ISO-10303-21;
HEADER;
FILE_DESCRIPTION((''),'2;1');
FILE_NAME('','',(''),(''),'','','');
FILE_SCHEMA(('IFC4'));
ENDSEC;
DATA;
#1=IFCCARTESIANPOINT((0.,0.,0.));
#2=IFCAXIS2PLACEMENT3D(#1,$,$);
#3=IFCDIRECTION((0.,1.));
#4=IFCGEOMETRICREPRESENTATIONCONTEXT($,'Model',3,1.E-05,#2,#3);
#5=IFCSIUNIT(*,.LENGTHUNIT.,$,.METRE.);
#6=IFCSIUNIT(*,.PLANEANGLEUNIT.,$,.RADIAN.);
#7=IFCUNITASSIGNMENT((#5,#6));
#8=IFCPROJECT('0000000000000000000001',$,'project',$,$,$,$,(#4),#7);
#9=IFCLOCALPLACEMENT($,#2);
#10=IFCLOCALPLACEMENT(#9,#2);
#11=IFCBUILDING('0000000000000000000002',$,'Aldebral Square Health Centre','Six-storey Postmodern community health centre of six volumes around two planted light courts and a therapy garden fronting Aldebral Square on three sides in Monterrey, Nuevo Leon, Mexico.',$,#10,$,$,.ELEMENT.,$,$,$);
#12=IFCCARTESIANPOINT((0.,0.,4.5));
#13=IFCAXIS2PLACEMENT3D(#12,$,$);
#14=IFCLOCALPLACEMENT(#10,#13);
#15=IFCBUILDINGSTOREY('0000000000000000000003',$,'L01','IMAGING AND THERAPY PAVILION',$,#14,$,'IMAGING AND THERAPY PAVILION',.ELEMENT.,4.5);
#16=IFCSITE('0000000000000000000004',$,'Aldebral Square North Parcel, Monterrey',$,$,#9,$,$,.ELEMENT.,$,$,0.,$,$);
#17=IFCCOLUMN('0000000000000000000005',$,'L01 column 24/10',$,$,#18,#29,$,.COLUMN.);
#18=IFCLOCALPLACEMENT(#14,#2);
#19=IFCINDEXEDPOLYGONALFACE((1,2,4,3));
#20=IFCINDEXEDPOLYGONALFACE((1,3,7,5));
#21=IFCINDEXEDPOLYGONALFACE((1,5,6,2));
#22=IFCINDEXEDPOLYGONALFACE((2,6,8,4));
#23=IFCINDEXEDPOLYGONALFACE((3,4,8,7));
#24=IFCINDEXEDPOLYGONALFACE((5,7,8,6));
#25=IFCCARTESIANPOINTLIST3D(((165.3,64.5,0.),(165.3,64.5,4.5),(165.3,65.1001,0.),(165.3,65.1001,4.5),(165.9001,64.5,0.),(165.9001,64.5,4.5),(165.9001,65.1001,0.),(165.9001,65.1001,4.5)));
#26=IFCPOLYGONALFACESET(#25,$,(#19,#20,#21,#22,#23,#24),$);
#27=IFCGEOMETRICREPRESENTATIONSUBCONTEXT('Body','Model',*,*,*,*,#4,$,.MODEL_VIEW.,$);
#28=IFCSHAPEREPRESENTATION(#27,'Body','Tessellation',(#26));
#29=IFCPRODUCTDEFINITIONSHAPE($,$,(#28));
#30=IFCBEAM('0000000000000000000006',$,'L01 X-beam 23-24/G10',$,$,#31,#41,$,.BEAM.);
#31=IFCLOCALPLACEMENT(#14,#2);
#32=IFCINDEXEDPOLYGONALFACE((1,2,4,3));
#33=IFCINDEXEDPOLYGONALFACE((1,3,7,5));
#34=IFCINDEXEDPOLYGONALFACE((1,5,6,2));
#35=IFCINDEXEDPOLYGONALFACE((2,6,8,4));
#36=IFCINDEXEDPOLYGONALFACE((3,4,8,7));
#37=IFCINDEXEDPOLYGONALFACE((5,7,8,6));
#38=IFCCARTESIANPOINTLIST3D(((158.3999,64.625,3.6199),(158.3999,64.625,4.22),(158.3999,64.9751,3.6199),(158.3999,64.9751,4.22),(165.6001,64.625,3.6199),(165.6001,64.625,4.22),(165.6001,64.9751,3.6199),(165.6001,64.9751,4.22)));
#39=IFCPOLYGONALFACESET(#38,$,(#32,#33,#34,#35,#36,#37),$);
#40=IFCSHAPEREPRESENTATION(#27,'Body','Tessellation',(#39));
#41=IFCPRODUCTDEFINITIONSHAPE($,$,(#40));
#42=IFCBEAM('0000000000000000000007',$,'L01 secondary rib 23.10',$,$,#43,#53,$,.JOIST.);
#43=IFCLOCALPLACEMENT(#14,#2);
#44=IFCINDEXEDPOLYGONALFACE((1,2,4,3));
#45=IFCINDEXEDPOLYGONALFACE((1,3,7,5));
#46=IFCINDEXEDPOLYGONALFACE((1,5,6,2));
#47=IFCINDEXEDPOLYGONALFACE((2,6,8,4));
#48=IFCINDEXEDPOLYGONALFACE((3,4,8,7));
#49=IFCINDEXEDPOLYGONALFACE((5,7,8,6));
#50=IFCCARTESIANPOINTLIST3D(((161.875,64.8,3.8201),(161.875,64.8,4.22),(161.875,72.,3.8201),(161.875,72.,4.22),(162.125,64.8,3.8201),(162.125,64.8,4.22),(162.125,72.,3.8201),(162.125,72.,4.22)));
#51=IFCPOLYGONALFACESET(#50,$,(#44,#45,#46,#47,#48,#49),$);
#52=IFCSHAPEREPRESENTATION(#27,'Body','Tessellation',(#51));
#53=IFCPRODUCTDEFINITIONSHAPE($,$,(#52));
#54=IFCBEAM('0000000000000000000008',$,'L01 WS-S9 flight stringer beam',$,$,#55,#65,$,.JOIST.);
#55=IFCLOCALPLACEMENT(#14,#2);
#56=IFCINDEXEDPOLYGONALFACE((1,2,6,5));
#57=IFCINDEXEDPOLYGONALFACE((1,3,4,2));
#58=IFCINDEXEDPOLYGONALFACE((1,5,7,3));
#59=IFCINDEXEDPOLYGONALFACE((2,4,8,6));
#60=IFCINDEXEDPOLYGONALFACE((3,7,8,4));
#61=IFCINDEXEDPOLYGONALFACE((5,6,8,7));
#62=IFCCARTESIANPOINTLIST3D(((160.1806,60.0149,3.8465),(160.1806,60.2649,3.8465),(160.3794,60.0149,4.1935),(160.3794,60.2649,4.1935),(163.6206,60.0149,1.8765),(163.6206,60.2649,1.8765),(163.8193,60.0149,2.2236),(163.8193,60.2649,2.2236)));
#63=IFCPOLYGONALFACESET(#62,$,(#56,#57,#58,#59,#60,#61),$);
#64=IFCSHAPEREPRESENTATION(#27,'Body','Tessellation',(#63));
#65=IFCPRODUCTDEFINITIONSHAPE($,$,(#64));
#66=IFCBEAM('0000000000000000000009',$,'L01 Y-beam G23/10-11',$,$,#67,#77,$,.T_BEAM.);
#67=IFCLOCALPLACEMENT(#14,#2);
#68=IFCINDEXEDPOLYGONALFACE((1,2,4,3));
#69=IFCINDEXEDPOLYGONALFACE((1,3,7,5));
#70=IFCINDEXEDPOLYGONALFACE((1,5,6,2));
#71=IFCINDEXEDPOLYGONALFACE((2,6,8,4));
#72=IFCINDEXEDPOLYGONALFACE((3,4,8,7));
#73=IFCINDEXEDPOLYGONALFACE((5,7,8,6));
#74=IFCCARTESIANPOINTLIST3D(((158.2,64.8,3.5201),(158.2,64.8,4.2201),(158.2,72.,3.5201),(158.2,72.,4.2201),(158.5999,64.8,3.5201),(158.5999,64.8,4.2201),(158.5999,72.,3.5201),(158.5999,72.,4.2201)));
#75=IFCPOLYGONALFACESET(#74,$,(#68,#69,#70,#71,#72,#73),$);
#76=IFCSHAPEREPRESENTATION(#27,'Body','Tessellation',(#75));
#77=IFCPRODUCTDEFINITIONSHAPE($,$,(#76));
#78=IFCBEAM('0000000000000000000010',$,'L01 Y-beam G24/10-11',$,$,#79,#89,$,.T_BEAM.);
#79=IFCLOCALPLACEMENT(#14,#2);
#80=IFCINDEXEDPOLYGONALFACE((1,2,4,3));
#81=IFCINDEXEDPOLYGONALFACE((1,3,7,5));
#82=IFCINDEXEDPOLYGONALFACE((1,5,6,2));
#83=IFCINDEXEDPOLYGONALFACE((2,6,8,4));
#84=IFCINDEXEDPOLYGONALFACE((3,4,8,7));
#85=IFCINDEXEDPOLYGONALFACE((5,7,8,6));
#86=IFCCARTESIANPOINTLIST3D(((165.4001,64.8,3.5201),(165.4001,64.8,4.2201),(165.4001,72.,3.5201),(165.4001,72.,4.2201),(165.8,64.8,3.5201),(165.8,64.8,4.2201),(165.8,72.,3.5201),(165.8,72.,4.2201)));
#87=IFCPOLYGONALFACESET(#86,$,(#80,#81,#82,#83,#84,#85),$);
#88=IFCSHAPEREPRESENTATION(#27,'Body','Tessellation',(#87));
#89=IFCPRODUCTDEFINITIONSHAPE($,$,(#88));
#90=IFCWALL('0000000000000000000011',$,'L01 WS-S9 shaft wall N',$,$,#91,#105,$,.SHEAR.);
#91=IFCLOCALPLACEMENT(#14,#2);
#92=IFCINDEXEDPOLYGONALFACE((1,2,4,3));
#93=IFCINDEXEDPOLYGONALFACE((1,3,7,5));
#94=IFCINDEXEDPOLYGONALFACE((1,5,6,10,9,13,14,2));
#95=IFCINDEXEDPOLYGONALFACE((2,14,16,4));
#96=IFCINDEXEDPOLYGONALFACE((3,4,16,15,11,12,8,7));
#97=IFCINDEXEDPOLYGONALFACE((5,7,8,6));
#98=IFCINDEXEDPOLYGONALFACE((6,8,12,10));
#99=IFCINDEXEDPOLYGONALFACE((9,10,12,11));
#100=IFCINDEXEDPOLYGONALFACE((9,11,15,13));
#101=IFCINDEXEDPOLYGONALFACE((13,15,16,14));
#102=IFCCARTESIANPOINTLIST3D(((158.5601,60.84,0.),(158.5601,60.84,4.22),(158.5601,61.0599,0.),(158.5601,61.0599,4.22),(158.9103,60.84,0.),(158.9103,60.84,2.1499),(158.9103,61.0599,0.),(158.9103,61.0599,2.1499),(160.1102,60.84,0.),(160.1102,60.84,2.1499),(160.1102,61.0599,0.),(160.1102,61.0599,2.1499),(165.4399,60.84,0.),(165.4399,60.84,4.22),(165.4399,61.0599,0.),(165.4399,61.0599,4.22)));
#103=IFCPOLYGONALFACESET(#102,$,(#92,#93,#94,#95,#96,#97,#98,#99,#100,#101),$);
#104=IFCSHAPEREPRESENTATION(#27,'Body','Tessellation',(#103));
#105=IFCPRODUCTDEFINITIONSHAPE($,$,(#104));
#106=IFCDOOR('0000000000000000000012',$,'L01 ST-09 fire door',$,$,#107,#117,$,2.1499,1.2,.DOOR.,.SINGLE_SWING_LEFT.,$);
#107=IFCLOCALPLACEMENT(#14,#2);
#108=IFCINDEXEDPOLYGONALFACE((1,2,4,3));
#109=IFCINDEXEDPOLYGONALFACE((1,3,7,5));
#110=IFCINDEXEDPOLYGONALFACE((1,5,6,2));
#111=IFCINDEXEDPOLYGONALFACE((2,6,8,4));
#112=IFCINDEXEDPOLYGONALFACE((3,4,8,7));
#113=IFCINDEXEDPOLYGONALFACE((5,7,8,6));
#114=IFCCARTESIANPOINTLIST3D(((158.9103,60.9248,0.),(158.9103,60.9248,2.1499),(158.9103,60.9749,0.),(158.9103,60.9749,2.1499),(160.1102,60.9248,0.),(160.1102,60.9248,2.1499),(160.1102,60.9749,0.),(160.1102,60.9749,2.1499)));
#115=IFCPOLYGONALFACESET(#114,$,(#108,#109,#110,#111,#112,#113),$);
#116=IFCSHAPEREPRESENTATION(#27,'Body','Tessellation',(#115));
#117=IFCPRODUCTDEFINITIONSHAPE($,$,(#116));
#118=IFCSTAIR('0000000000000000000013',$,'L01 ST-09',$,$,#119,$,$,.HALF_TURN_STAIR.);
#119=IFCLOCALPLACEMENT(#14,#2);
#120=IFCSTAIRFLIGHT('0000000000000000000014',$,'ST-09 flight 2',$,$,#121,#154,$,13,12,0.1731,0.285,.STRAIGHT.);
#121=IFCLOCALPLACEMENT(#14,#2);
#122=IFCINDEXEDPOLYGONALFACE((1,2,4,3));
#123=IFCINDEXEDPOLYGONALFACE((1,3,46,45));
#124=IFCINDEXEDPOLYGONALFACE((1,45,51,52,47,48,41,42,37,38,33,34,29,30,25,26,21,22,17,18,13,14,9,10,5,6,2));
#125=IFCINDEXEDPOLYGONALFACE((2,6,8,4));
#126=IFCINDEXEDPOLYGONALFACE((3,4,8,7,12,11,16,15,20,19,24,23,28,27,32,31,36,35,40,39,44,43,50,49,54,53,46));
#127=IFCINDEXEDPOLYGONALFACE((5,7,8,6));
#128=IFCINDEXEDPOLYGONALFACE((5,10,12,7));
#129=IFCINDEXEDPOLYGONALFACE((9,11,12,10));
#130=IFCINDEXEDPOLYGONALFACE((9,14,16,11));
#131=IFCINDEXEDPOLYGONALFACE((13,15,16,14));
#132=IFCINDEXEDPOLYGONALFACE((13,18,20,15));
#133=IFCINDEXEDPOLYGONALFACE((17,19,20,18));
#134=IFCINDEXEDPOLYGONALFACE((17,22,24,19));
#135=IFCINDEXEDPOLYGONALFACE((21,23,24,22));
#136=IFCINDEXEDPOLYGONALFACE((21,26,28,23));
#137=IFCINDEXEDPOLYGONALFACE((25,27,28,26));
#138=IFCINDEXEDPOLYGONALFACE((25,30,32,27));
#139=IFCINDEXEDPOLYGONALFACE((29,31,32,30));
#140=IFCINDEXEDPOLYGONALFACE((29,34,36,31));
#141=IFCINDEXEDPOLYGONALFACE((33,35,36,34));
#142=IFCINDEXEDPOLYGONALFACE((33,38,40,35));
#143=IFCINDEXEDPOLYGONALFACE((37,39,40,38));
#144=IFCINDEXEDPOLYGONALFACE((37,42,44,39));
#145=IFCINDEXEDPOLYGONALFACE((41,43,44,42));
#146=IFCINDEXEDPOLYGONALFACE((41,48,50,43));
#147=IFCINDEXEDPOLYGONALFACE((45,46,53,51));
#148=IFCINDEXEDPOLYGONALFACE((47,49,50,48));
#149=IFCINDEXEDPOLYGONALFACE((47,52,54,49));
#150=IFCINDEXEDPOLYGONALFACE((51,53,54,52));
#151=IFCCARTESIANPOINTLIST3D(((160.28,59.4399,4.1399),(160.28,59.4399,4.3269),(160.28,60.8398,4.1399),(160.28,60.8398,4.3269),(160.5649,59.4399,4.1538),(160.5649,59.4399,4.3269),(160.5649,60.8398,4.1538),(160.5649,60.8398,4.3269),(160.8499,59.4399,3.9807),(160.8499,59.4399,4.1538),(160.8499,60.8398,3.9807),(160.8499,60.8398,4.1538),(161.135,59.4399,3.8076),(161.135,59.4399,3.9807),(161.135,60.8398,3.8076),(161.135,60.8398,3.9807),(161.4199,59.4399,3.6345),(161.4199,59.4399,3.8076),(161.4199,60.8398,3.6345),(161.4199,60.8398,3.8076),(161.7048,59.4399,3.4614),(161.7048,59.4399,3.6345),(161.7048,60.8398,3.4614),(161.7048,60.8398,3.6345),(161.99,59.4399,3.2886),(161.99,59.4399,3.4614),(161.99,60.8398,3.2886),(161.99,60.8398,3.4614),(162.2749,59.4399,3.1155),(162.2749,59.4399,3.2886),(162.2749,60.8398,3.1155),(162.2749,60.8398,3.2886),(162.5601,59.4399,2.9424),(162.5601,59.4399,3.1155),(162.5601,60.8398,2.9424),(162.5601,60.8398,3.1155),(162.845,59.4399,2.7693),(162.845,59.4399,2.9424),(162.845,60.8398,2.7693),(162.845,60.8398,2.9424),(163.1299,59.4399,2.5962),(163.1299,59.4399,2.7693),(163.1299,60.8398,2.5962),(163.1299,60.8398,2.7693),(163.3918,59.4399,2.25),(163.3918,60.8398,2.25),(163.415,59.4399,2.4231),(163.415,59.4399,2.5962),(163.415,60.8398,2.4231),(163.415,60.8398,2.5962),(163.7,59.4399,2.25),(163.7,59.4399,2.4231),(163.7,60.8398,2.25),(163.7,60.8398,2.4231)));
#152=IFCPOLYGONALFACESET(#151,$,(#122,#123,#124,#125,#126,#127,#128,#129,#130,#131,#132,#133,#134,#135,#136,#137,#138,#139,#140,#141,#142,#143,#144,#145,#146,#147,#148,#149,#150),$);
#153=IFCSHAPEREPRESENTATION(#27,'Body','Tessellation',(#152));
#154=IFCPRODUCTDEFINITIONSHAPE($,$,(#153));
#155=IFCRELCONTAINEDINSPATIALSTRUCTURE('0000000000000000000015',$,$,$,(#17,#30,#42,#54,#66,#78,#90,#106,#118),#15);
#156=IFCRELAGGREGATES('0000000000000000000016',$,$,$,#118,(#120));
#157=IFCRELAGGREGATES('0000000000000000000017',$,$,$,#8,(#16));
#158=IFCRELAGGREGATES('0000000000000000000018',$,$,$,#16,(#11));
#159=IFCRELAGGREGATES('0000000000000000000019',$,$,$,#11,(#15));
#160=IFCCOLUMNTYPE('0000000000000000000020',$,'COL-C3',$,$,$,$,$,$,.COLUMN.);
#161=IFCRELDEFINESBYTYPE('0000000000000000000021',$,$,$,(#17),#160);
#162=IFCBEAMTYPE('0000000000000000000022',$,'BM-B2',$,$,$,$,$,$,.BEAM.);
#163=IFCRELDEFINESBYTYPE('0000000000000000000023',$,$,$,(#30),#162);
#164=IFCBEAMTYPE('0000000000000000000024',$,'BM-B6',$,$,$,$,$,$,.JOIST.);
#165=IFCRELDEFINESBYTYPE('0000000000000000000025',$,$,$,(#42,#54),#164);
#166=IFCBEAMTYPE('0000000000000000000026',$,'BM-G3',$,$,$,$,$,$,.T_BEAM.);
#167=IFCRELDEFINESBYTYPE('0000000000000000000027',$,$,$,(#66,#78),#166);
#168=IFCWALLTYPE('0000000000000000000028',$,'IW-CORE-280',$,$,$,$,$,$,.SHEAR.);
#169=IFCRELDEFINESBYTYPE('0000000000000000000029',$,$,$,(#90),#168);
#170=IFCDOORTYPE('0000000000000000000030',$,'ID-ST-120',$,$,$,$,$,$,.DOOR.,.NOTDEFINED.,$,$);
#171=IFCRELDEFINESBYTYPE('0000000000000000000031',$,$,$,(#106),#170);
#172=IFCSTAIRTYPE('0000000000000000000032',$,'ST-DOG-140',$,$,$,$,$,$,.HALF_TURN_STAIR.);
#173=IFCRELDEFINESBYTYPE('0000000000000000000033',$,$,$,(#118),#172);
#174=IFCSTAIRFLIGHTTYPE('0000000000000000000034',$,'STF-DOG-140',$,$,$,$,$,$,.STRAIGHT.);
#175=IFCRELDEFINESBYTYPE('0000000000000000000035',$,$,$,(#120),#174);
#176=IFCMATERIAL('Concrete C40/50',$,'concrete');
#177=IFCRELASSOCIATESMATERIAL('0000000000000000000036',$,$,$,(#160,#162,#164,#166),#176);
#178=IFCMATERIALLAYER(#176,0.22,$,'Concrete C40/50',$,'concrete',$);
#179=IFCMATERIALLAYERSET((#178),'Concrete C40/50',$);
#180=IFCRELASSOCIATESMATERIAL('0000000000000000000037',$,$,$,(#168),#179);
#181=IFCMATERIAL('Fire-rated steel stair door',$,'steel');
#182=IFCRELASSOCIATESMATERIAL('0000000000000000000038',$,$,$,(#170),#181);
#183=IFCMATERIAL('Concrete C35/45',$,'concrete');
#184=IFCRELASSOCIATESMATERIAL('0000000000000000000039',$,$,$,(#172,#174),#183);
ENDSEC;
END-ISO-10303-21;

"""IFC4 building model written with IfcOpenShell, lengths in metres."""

from ifc_helpers import new_model, si_unit, direction, frame, frame_2d, origin, origin_2d, place, context, subcontext, project, spatial, polyline, rectangle, outline, extrude, material, layer, layer_set, material_profile, profile_set, type_object, element, fill, aggregate, save


model = new_model("IFC4")

# Units and contexts
model_context = context("Model", 3, precision=1e-05, world=origin(), true_north=direction((0.0, 1.0)))
body_context = subcontext(model_context, "Body", "Model", "MODEL_VIEW")
ifc_project = project(units=[si_unit("LENGTHUNIT", "METRE"), si_unit("PLANEANGLEUNIT", "RADIAN")], contexts=[model_context])

# Site, building, storey
site_placement = place(None, origin())
site = spatial("IfcSite", under=ifc_project, at=site_placement, Name="Aldebral Square North Parcel, Monterrey", CompositionType="ELEMENT", RefElevation=0.0)
building_placement = place(site_placement, origin())
building = spatial("IfcBuilding", under=site, at=building_placement, Name="Aldebral Square Health Centre", Description="Six-storey Postmodern community health centre of six volumes around two planted light courts and a therapy garden fronting Aldebral Square on three sides in Monterrey, Nuevo Leon, Mexico.", CompositionType="ELEMENT")
storey_placement = place(building_placement, frame((0.0, 0.0, 4.5)))
storey = spatial("IfcBuildingStorey", under=building, at=storey_placement, Name="L01", Description="IMAGING AND THERAPY PAVILION", LongName="IMAGING AND THERAPY PAVILION", CompositionType="ELEMENT", Elevation=4.5)

# Column
ifc_material_1 = material(Name="Concrete C40/50", Category="concrete")
ifc_material_profile_1 = material_profile(ifc_material_1, rectangle(XDim=0.6001, YDim=0.6001, at=origin_2d()), Name="RC 600x600")
ifc_profile_set_1 = profile_set([ifc_material_profile_1], Name="Concrete C40/50")
column_type = type_object("IfcColumnType", Name="COL-C3", PredefinedType="COLUMN", material=ifc_profile_set_1)
column_placement = place(storey_placement, frame((165.6001, 64.8, 0.0), z_axis=(0.0, 0.0, 1.0), x_axis=(1.0, 0.0, 0.0)))
element("IfcColumn", 1, at=column_placement, inside=storey, type_object=column_type, Name="L01 column 24/10", PredefinedType="COLUMN", context=body_context, shape_type="SweptSolid", body=[
    extrude(rectangle(XDim=0.6001, YDim=0.6001, at=origin_2d()), origin(), (0.0, 0.0, 1.0), 4.5),
])

# Beams
ifc_material_profile_2 = material_profile(ifc_material_1, rectangle(XDim=0.3501, YDim=0.6001, at=origin_2d()), Name="RC 350x600")
ifc_profile_set_2 = profile_set([ifc_material_profile_2], Name="Concrete C40/50")
beam_type_1 = type_object("IfcBeamType", Name="BM-B2", PredefinedType="BEAM", material=ifc_profile_set_2)
beam_1_placement = place(storey_placement, frame((158.3999, 64.8, 3.9199), z_axis=(1.0, 0.0, 0.0), x_axis=(0.0, 1.0, 0.0)))
element("IfcBeam", 2, at=beam_1_placement, inside=storey, type_object=beam_type_1, Name="L01 X-beam 23-24/G10", PredefinedType="BEAM", context=body_context, shape_type="SweptSolid", body=[
    extrude(rectangle(XDim=0.3501, YDim=0.6001, at=origin_2d()), origin(), (0.0, 0.0, 1.0), 7.2002),
])
ifc_material_profile_3 = material_profile(ifc_material_1, rectangle(XDim=0.25, YDim=0.3999, at=origin_2d()), Name="RC 250x400")
ifc_profile_set_3 = profile_set([ifc_material_profile_3], Name="Concrete C40/50")
beam_type_2 = type_object("IfcBeamType", Name="BM-B6", PredefinedType="JOIST", material=ifc_profile_set_3)
beam_2_placement = place(storey_placement, frame((162.0, 64.8, 4.02), z_axis=(0.0, 1.0, 0.0), x_axis=(-1.0, 0.0, 0.0)))
element("IfcBeam", 3, at=beam_2_placement, inside=storey, type_object=beam_type_2, Name="L01 secondary rib 23.10", PredefinedType="JOIST", context=body_context, shape_type="SweptSolid", body=[
    extrude(rectangle(XDim=0.25, YDim=0.3999, at=origin_2d()), origin(), (0.0, 0.0, 1.0), 7.2),
])
beam_3_placement = place(storey_placement, frame((163.72, 60.1399, 2.05), z_axis=(-0.867777, 0.0, 0.496955), x_axis=(0.0, -1.0, 0.0)))
element("IfcBeam", 4, at=beam_3_placement, inside=storey, type_object=beam_type_2, Name="L01 WS-S9 flight stringer beam", PredefinedType="JOIST", context=body_context, shape_type="SweptSolid", body=[
    extrude(rectangle(XDim=0.25, YDim=0.3999, at=origin_2d()), origin(), (0.0, 0.0, 1.0), 3.9641),
])
ifc_material_profile_4 = material_profile(ifc_material_1, rectangle(XDim=0.3999, YDim=0.7, at=origin_2d()), Name="RC 400x700")
ifc_profile_set_4 = profile_set([ifc_material_profile_4], Name="Concrete C40/50")
beam_type_3 = type_object("IfcBeamType", Name="BM-G3", PredefinedType="T_BEAM", material=ifc_profile_set_4)
for number, where, z_axis, x_axis, name in (
    (5, (158.3999, 64.8, 3.8701), (0.0, 1.0, 0.0), (-1.0, 0.0, 0.0), "L01 Y-beam G23/10-11"),
    (6, (165.6001, 64.8, 3.8701), (0.0, 1.0, 0.0), (-1.0, 0.0, 0.0), "L01 Y-beam G24/10-11"),
):
    element("IfcBeam", number, at=place(storey_placement, frame(where, z_axis=z_axis, x_axis=x_axis)), inside=storey, type_object=beam_type_3, Name=name, PredefinedType="T_BEAM", context=body_context, shape_type="SweptSolid", body=[
        extrude(rectangle(XDim=0.3999, YDim=0.7, at=origin_2d()), origin(), (0.0, 0.0, 1.0), 7.2),
    ])

# Wall, opening, door
ifc_layer_1 = layer(ifc_material_1, 0.22, Name="Concrete C40/50", Category="concrete")
ifc_layer_set_1 = layer_set([ifc_layer_1], Name="Concrete C40/50")
wall_type_1 = type_object("IfcWallType", Name="IW-CORE-280", PredefinedType="SHEAR", material=ifc_layer_set_1)
wall_1_placement = place(storey_placement, frame((158.5601, 60.95, 0.0), z_axis=(0.0, 0.0, 1.0), x_axis=(1.0, 0.0, 0.0)))
wall_1 = element("IfcWall", 7, at=wall_1_placement, inside=storey, type_object=wall_type_1, Name="L01 WS-S9 shaft wall N", PredefinedType="SHEAR", context=body_context, shape_type="SweptSolid", body=[
    extrude(rectangle(XDim=6.8799, YDim=0.22, at=frame_2d((3.4399, 0.0))), origin(), (0.0, 0.0, 1.0), 4.22),
])
opening_1_placement = place(wall_1_placement, frame((0.3501, 0.0, 0.0)))
opening_1 = element("IfcOpeningElement", 8, at=opening_1_placement, cuts=wall_1, PredefinedType="OPENING", context=body_context, shape_type="SweptSolid", body=[
    extrude(rectangle(XDim=1.2, YDim=2.1499, at=frame_2d((0.6001, 1.075))), frame((0.0, 0.1201, 0.0), z_axis=(0.0, -1.0, 0.0), x_axis=(1.0, 0.0, 0.0)), (0.0, 0.0, 1.0), 0.24),
])
ifc_material_2 = material(Name="Fire-rated steel stair door", Category="steel")
door_type_1 = type_object("IfcDoorType", Name="ID-ST-120", OperationType="NOTDEFINED", PredefinedType="DOOR", material=ifc_material_2)
door_1_placement = place(opening_1_placement, origin())
door_1 = element("IfcDoor", 9, at=door_1_placement, inside=storey, type_object=door_type_1, Name="L01 ST-09 fire door", OperationType="SINGLE_SWING_LEFT", OverallHeight=2.1499, OverallWidth=1.2, PredefinedType="DOOR", context=body_context, shape_type="SweptSolid", body=[
    extrude(rectangle(XDim=1.2, YDim=2.1499, at=frame_2d((0.6001, 1.075))), frame((0.0, 0.0249, 0.0), z_axis=(0.0, -1.0, 0.0), x_axis=(1.0, 0.0, 0.0)), (0.0, 0.0, 1.0), 0.05),
])
fill(opening_1, door_1)

# Stair, stair flight
ifc_material_3 = material(Name="Concrete C35/45", Category="concrete")
stair_type = type_object("IfcStairType", Name="ST-DOG-140", PredefinedType="HALF_TURN_STAIR", material=ifc_material_3)
stair_placement = place(storey_placement, origin())
stair = element("IfcStair", 10, at=stair_placement, inside=storey, type_object=stair_type, Name="L01 ST-09", PredefinedType="HALF_TURN_STAIR")
stair_flight_type = type_object("IfcStairFlightType", Name="STF-DOG-140", PredefinedType="STRAIGHT", material=ifc_material_3)
stair_flight_placement = place(storey_placement, frame((163.7, 60.1399, 2.25), z_axis=(0.0, 0.0, 1.0), x_axis=(-1.0, 0.0, 0.0)))
stair_flight = element("IfcStairFlight", 11, at=stair_flight_placement, type_object=stair_flight_type, Name="ST-09 flight 2", NumberOfRisers=13, NumberOfTreads=12, PredefinedType="STRAIGHT", RiserHeight=0.1731, TreadLength=0.285, context=body_context, shape_type="SweptSolid", body=[
    extrude(outline(polyline([(0.0, 0.0), (0.0, 0.1731), (0.2849, 0.1731), (0.2849, 0.3462), (0.5701, 0.3462), (0.5701, 0.5193), (0.855, 0.5193), (0.855, 0.6924), (1.1399, 0.6924), (1.1399, 0.8655), (1.425, 0.8655), (1.425, 1.0386), (1.71, 1.0386), (1.71, 1.2114), (1.9951, 1.2114), (1.9951, 1.3845), (2.28, 1.3845), (2.28, 1.5576), (2.5649, 1.5576), (2.5649, 1.7307), (2.8501, 1.7307), (2.8501, 1.9038), (3.135, 1.9038), (3.135, 2.0769), (3.4199, 2.0769), (3.4199, 2.25), (3.4199, 1.8899), (0.3081, 0.0), (0.0, 0.0)])), frame((0.0, 0.7, 0.0), z_axis=(0.0, -1.0, 0.0), x_axis=(1.0, 0.0, 0.0)), (0.0, 0.0, 1.0), 1.3999),
])
aggregate(stair, [stair_flight])

save(model, "model.ifc")
